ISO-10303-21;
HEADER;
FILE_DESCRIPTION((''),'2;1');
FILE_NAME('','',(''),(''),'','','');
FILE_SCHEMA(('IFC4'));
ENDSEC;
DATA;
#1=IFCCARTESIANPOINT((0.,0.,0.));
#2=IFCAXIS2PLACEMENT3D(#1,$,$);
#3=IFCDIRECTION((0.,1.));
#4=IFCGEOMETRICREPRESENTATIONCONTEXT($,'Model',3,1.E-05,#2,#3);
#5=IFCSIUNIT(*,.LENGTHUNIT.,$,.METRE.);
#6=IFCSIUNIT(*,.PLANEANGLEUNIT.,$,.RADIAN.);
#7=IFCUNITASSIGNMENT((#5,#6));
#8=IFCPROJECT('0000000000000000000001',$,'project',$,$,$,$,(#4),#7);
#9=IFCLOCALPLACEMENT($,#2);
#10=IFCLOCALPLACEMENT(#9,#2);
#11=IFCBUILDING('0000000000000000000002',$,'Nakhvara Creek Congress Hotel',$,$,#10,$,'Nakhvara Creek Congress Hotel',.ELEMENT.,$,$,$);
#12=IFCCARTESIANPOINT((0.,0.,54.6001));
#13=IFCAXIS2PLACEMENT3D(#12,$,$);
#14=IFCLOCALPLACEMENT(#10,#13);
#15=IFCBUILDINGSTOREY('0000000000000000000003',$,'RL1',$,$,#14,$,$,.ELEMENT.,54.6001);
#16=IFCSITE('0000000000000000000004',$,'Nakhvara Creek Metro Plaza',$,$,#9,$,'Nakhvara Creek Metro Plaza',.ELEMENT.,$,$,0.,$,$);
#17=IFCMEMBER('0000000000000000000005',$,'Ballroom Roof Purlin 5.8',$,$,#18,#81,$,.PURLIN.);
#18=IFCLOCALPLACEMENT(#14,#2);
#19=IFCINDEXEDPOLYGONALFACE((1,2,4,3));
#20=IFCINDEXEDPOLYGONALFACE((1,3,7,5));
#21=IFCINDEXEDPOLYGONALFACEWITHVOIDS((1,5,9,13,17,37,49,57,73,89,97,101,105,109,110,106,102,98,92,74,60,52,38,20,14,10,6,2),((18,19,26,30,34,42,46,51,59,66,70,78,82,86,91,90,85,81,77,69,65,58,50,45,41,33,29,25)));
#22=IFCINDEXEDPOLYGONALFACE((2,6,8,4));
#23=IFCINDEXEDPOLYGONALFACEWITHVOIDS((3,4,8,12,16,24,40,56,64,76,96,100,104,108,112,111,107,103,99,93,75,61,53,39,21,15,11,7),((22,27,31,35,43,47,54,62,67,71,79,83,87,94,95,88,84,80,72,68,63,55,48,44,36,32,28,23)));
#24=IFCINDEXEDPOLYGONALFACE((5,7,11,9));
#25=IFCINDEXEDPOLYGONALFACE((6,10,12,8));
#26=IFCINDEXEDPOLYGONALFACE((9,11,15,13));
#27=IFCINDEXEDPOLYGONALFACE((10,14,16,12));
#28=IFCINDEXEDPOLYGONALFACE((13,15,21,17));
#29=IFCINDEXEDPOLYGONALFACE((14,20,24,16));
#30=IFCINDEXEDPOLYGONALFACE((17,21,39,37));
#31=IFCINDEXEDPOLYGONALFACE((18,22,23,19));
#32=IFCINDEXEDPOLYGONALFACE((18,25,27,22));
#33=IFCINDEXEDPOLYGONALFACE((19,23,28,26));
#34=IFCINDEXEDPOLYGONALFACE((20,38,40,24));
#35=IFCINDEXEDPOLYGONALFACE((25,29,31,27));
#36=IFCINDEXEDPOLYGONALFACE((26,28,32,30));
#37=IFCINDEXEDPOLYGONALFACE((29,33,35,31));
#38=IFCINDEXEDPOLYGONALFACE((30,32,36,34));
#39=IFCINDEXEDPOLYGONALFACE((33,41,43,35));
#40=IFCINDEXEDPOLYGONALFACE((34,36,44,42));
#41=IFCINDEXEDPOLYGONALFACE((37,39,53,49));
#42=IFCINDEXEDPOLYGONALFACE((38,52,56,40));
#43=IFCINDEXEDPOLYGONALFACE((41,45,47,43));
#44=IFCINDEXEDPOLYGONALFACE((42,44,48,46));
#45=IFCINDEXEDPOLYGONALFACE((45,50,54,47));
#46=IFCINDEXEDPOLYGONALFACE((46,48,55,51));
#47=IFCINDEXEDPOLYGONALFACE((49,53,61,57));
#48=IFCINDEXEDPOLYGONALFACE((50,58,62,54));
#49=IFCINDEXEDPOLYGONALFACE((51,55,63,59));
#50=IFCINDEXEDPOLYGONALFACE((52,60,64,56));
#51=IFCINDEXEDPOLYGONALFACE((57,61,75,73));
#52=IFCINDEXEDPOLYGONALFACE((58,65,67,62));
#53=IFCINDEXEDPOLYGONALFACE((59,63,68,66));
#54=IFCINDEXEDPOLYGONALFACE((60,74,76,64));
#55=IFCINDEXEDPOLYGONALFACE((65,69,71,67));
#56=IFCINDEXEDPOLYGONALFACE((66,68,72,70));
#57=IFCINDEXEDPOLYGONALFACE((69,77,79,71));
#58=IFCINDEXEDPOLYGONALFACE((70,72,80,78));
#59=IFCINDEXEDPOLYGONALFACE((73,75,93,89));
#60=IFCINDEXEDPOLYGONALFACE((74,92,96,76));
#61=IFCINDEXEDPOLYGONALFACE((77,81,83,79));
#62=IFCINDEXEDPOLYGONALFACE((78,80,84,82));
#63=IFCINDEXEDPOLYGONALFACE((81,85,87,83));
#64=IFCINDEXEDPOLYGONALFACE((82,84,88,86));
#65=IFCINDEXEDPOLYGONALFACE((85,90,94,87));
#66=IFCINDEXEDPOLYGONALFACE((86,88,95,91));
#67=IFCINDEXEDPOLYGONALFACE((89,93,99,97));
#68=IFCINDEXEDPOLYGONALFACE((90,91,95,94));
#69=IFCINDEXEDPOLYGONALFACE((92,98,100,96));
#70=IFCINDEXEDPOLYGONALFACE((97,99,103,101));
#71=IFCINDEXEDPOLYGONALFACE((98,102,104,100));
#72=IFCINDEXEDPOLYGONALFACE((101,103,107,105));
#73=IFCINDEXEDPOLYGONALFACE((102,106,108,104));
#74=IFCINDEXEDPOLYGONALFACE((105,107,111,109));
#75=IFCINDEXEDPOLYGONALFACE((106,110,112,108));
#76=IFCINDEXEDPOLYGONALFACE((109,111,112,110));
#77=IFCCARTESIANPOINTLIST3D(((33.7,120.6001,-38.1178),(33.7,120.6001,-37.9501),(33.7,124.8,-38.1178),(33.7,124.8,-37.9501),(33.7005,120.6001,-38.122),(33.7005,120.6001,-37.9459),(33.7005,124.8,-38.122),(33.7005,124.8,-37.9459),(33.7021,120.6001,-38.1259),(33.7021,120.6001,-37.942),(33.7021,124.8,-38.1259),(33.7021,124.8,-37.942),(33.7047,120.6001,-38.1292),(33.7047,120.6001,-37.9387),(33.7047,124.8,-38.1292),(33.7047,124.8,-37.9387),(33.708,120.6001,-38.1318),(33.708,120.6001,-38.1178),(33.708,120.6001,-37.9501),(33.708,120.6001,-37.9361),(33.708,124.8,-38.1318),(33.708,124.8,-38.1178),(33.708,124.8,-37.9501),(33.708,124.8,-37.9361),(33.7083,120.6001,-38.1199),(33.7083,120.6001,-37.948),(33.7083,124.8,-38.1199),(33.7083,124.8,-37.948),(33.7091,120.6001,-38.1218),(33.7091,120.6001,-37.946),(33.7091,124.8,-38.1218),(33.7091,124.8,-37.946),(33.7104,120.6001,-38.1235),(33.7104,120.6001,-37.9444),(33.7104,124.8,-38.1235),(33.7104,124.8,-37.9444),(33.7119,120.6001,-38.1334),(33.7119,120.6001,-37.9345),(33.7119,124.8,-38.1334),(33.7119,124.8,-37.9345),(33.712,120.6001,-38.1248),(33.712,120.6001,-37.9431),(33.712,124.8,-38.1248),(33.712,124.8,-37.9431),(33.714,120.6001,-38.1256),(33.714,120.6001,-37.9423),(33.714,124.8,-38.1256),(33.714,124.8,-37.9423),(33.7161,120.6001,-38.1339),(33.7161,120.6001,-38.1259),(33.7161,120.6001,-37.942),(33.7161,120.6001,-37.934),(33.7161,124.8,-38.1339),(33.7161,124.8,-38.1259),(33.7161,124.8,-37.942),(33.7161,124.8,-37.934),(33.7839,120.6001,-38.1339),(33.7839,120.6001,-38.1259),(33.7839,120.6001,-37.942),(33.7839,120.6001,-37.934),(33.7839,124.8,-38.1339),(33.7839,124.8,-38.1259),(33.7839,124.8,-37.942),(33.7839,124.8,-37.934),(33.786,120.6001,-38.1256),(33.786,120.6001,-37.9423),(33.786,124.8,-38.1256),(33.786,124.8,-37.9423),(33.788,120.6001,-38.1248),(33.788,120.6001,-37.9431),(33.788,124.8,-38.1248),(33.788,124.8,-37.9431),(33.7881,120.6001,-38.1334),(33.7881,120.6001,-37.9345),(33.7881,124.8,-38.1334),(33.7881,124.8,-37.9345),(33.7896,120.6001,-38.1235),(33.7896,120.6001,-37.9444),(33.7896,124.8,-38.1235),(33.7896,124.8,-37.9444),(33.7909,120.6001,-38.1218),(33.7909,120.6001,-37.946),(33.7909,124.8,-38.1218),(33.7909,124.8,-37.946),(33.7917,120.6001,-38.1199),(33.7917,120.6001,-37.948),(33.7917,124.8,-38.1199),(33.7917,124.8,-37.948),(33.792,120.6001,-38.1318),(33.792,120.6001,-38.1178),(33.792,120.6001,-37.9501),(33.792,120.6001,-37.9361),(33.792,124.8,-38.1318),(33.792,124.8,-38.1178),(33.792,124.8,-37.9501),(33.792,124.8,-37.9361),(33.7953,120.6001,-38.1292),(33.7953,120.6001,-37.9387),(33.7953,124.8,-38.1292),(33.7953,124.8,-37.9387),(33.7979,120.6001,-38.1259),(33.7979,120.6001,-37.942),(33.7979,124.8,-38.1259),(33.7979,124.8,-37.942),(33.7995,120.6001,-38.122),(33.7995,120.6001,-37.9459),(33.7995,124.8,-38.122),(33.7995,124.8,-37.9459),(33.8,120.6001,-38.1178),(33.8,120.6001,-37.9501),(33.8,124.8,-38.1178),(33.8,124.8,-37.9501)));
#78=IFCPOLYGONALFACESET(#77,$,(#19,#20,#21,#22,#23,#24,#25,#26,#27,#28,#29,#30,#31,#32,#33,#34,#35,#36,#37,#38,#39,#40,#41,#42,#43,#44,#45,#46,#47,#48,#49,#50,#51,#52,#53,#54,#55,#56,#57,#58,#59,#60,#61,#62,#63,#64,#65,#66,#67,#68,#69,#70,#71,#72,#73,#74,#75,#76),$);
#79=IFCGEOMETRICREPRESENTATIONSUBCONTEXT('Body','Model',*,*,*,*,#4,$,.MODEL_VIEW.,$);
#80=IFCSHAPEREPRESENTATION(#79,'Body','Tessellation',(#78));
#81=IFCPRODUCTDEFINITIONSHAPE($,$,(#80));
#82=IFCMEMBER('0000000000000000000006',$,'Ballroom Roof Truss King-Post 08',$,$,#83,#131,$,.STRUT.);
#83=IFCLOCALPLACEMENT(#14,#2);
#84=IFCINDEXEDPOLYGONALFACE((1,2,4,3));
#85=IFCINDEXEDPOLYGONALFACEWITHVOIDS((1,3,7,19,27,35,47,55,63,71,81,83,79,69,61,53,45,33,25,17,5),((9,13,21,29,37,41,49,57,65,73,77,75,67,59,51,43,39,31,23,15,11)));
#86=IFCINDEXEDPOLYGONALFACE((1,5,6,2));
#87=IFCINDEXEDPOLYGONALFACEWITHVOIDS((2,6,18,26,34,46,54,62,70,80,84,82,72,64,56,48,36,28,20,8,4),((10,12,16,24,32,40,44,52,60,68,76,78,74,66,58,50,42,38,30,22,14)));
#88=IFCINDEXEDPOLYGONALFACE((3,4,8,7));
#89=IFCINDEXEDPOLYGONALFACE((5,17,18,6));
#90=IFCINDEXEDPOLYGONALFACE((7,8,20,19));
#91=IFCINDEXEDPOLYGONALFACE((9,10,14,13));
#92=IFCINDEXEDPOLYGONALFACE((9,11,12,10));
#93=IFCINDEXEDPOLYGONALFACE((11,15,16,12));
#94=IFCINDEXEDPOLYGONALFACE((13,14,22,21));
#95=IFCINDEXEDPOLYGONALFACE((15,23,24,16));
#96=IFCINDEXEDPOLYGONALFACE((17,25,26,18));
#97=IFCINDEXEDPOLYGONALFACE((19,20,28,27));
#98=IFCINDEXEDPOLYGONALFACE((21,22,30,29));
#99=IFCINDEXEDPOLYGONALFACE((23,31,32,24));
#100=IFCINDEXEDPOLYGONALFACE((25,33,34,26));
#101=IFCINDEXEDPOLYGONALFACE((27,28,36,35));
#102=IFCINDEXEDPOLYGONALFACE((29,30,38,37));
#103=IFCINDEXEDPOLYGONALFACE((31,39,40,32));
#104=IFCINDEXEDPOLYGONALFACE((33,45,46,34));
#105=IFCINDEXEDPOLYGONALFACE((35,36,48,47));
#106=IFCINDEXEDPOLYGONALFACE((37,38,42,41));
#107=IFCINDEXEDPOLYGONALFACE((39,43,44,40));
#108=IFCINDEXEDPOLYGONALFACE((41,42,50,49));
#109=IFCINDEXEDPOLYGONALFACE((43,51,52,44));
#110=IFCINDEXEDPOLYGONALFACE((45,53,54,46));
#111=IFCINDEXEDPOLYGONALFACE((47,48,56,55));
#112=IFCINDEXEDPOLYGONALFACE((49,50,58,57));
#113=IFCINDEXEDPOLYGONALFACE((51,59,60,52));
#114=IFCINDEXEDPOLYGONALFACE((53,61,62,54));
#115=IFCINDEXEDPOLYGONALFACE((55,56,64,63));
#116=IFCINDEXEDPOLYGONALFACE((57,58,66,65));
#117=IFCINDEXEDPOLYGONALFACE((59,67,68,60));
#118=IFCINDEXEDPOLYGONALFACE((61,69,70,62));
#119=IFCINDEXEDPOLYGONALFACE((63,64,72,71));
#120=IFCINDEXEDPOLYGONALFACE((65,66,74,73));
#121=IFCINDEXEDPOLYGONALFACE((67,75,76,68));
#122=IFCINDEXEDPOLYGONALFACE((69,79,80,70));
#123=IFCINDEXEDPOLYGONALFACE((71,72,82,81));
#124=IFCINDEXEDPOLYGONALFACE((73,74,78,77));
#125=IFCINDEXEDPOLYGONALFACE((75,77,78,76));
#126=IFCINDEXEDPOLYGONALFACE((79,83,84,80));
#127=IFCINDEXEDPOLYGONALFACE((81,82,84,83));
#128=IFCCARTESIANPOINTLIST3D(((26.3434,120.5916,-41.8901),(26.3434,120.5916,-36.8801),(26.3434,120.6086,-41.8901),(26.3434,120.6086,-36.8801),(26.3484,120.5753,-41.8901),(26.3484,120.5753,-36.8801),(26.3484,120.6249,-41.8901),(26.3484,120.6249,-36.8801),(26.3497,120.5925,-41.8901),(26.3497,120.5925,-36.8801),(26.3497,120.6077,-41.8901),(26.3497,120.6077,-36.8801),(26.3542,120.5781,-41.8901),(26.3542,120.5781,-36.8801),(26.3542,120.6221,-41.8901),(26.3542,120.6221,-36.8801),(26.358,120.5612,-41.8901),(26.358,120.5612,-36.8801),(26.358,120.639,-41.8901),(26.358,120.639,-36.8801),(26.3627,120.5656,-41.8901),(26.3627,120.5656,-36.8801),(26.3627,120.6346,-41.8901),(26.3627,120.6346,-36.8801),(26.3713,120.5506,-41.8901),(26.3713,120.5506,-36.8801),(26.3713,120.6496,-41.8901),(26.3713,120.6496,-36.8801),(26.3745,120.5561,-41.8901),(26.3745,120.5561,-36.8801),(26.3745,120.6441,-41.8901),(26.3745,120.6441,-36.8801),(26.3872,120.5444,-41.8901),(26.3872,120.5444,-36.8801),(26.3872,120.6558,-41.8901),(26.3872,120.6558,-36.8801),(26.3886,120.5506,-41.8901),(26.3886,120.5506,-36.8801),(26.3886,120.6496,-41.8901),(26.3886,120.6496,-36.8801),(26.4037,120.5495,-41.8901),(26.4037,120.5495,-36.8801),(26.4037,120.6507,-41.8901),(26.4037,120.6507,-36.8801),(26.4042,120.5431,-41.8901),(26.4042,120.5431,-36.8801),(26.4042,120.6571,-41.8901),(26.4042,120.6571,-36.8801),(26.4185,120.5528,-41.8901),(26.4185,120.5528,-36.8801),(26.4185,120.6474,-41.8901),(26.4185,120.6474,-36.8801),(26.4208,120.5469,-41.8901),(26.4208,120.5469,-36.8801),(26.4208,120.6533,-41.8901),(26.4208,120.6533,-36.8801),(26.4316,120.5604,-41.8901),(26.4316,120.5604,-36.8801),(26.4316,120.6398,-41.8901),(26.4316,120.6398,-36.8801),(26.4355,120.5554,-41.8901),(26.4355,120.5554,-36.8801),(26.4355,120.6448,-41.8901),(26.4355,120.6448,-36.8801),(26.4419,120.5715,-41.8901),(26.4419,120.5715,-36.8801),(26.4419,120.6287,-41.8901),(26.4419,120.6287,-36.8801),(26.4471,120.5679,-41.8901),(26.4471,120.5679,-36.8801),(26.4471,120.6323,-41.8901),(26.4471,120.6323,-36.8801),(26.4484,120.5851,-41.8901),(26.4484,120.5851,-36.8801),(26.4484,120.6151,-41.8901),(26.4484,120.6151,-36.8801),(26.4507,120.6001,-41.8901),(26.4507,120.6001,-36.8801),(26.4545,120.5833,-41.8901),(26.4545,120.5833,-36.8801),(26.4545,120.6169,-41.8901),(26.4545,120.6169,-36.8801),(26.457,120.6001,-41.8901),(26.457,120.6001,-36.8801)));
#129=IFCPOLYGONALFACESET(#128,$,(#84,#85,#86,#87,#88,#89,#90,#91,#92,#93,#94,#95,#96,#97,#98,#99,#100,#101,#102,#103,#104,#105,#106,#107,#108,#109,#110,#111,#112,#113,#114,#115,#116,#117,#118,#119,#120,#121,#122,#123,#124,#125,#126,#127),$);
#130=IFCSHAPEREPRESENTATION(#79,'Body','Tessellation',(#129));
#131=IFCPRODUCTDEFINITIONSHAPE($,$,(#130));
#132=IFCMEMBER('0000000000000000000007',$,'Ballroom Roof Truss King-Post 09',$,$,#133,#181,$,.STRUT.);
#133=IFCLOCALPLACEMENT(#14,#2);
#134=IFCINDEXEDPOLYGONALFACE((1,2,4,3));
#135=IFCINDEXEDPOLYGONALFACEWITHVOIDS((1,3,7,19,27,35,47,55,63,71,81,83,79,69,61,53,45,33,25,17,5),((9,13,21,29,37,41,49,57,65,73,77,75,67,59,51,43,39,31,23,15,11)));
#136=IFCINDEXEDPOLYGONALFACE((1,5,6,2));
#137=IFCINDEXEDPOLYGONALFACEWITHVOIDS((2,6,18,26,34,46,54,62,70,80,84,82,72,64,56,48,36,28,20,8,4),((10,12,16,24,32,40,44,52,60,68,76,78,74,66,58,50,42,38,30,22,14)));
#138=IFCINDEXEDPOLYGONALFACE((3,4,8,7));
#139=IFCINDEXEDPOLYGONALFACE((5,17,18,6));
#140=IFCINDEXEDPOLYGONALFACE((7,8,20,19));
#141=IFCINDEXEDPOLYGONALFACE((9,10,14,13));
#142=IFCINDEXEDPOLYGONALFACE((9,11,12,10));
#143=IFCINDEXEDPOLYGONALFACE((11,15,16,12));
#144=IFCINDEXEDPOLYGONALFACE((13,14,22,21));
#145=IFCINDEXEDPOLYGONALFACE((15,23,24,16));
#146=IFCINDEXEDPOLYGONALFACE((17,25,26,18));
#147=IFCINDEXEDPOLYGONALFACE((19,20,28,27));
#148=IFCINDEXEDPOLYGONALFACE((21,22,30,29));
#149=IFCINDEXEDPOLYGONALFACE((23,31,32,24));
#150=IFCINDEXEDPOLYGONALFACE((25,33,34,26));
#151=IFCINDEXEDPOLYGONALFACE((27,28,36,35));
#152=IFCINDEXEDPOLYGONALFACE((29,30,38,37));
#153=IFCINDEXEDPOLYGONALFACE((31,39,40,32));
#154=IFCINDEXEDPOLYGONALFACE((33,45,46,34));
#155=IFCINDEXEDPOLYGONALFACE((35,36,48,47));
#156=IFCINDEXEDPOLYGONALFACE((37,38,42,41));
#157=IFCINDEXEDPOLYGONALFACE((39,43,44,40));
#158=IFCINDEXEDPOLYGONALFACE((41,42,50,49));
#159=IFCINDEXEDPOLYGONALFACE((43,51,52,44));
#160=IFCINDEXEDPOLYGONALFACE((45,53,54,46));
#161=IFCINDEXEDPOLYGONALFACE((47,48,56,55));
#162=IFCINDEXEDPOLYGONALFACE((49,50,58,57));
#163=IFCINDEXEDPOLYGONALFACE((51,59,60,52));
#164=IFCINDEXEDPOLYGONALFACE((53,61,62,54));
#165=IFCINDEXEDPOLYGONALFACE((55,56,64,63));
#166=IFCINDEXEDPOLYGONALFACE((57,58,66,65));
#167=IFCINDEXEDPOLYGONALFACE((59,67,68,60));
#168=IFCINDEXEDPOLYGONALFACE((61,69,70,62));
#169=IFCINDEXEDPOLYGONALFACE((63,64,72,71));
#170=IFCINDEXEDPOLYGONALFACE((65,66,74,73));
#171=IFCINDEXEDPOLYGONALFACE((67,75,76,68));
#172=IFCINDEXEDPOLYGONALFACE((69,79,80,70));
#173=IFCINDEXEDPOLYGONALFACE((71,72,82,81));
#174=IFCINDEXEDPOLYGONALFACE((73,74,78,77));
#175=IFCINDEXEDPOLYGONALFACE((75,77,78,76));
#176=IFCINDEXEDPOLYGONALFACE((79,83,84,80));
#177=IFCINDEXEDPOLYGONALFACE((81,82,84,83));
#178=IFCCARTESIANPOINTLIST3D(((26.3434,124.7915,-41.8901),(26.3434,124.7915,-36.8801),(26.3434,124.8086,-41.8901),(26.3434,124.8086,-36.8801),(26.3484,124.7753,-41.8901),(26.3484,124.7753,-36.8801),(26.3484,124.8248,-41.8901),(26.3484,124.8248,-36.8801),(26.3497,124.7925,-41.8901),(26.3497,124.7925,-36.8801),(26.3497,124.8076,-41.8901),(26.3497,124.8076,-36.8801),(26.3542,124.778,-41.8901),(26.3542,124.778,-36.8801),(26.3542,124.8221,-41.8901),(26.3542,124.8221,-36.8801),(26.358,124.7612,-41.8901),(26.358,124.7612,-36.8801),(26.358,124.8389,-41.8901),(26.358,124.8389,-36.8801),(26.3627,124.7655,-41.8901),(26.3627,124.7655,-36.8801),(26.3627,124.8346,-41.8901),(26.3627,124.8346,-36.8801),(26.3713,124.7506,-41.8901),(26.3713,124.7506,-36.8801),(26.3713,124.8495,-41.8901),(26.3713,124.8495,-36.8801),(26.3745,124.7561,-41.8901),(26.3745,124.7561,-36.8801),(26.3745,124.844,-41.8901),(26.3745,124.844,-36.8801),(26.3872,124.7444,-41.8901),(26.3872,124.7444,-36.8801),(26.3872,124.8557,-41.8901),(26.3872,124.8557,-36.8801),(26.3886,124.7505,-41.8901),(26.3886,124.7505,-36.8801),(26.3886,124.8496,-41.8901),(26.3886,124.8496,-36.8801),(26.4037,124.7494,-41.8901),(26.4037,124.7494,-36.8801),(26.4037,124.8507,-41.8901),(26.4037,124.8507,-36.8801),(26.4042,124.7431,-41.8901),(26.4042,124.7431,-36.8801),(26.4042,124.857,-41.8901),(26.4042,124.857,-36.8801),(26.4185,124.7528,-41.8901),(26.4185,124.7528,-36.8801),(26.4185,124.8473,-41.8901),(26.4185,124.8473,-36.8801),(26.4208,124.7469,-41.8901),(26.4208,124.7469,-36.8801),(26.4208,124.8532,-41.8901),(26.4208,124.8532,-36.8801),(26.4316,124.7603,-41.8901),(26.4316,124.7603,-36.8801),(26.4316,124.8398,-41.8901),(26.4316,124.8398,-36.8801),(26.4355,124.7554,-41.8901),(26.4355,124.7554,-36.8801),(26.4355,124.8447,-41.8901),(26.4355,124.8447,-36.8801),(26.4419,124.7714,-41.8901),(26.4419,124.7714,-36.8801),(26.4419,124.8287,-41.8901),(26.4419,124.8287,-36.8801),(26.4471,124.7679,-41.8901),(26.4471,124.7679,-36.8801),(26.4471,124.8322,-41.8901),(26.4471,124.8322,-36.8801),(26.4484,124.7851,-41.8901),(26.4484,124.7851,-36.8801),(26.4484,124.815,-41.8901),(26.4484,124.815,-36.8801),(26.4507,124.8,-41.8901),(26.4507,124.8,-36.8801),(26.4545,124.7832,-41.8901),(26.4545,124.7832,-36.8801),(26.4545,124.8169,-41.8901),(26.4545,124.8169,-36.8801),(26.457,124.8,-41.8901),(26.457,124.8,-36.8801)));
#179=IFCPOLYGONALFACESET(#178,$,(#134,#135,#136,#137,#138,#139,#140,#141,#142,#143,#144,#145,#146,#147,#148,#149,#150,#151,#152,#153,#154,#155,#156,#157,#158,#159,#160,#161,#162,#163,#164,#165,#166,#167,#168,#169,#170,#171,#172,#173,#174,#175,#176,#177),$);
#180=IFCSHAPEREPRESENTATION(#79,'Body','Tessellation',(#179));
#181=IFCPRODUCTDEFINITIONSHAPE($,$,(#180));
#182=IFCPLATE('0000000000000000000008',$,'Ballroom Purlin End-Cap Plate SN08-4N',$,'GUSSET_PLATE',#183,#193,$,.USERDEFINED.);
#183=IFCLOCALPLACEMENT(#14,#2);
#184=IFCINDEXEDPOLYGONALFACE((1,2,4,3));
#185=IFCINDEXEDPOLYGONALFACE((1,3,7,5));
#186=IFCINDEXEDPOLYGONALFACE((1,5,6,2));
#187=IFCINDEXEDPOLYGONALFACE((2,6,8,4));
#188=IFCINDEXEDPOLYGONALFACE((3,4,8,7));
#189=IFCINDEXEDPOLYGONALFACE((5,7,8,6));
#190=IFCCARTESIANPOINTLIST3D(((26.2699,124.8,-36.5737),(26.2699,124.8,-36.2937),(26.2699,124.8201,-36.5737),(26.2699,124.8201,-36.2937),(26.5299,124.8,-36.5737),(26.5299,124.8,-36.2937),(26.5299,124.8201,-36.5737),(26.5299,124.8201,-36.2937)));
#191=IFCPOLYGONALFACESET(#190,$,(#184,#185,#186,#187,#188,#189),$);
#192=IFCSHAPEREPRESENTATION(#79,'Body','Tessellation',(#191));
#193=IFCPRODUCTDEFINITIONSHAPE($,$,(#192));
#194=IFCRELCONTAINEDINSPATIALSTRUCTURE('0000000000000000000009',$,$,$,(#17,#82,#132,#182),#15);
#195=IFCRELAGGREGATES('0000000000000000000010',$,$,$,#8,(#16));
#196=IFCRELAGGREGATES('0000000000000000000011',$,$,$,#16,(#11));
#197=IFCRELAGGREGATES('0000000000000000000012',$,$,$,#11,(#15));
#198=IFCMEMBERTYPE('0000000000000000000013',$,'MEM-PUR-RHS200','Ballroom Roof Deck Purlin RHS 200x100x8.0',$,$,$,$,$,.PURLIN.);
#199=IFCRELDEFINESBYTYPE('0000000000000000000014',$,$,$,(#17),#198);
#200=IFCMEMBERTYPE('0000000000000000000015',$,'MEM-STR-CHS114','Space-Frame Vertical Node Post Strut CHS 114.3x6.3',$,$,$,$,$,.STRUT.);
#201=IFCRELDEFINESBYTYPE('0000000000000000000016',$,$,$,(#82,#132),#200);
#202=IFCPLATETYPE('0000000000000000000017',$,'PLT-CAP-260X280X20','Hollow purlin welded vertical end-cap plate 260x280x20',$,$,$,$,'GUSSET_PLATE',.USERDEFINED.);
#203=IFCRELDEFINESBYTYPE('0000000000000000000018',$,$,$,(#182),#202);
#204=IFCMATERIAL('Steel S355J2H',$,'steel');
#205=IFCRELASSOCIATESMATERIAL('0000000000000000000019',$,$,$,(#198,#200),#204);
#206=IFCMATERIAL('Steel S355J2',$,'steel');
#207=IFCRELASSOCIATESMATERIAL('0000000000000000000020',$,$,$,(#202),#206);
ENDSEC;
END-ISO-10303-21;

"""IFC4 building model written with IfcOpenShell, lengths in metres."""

from ifc_helpers import new_model, si_unit, direction, frame, origin, origin_2d, place, context, subcontext, project, spatial, rectangle, hollow_rectangle, hollow_circle, extrude, material, material_profile, profile_set, type_object, element, save


model = new_model("IFC4")

# Units and contexts
model_context = context("Model", 3, precision=1e-05, world=origin(), true_north=direction((0.0, 1.0)))
body_context = subcontext(model_context, "Body", "Model", "MODEL_VIEW")
ifc_project = project(units=[si_unit("LENGTHUNIT", "METRE"), si_unit("PLANEANGLEUNIT", "RADIAN")], contexts=[model_context])

# Site, building, storey
site_placement = place(None, origin())
site = spatial("IfcSite", under=ifc_project, at=site_placement, Name="Nakhvara Creek Metro Plaza", LongName="Nakhvara Creek Metro Plaza", CompositionType="ELEMENT", RefElevation=0.0)
building_placement = place(site_placement, origin())
building = spatial("IfcBuilding", under=site, at=building_placement, Name="Nakhvara Creek Congress Hotel", LongName="Nakhvara Creek Congress Hotel", CompositionType="ELEMENT")
storey_placement = place(building_placement, frame((0.0, 0.0, 54.6001)))
storey = spatial("IfcBuildingStorey", under=building, at=storey_placement, Name="RL1", CompositionType="ELEMENT", Elevation=54.6001)

# Shared definitions
ifc_material_1 = material(Name="Steel S355J2", Category="steel")

# Members
ifc_material_2 = material(Name="Steel S355J2H", Category="steel")
ifc_material_profile_1 = material_profile(ifc_material_2, hollow_rectangle(XDim=0.1001, YDim=0.2, WallThickness=0.0081, InnerFilletRadius=0.0081, OuterFilletRadius=0.0161, at=origin_2d()), Name="RHS 200x100x8.0", Category="LoadBearing")
ifc_profile_set_1 = profile_set([ifc_material_profile_1], Name="Steel S355J2H")
member_type_1 = type_object("IfcMemberType", Name="MEM-PUR-RHS200", Description="Ballroom Roof Deck Purlin RHS 200x100x8.0", PredefinedType="PURLIN", material=ifc_profile_set_1)
member_1_placement = place(storey_placement, frame((33.75, 120.6001, -38.0339), z_axis=(0.0, 1.0, 0.0), x_axis=(-1.0, 0.0, 0.0)))
element("IfcMember", 1, at=member_1_placement, inside=storey, type_object=member_type_1, Name="Ballroom Roof Purlin 5.8", PredefinedType="PURLIN", context=body_context, shape_type="SweptSolid", body=[
    extrude(hollow_rectangle(XDim=0.1001, YDim=0.2, WallThickness=0.0081, InnerFilletRadius=0.0081, OuterFilletRadius=0.0161, at=origin_2d()), origin(), (0.0, 0.0, 1.0), 4.2),
])
ifc_material_profile_2 = material_profile(ifc_material_2, hollow_circle(Radius=0.0571, WallThickness=0.0063, at=origin_2d()), Name="CHS 114.3x6.3", Category="LoadBearing")
ifc_profile_set_2 = profile_set([ifc_material_profile_2], Name="Steel S355J2H")
member_type_2 = type_object("IfcMemberType", Name="MEM-STR-CHS114", Description="Space-Frame Vertical Node Post Strut CHS 114.3x6.3", PredefinedType="STRUT", material=ifc_profile_set_2)
for number, where, z_axis, x_axis, name in (
    (2, (26.3999, 120.6001, -41.8901), (0.0, 0.0, 1.0), (1.0, 0.0, 0.0), "Ballroom Roof Truss King-Post 08"),
    (3, (26.3999, 124.8, -41.8901), (0.0, 0.0, 1.0), (1.0, 0.0, 0.0), "Ballroom Roof Truss King-Post 09"),
):
    element("IfcMember", number, at=place(storey_placement, frame(where, z_axis=z_axis, x_axis=x_axis)), inside=storey, type_object=member_type_2, Name=name, PredefinedType="STRUT", context=body_context, shape_type="SweptSolid", body=[
        extrude(hollow_circle(Radius=0.0571, WallThickness=0.0063, at=origin_2d()), origin(), (0.0, 0.0, 1.0), 5.01),
    ])

# Plate
plate_type_1 = type_object("IfcPlateType", Name="PLT-CAP-260X280X20", Description="Hollow purlin welded vertical end-cap plate 260x280x20", ElementType="GUSSET_PLATE", PredefinedType="USERDEFINED", material=ifc_material_1)
for number, where, z_axis, x_axis, name in (
    (4, (26.3999, 124.8101, -36.5737), (0.0, 0.0, 1.0), (1.0, 0.0, 0.0), "Ballroom Purlin End-Cap Plate SN08-4N"),
):
    element("IfcPlate", number, at=place(storey_placement, frame(where, z_axis=z_axis, x_axis=x_axis)), inside=storey, type_object=plate_type_1, Name=name, ObjectType="GUSSET_PLATE", PredefinedType="USERDEFINED", context=body_context, shape_type="SweptSolid", body=[
        extrude(rectangle(XDim=0.26, YDim=0.02, at=origin_2d()), origin(), (0.0, 0.0, 1.0), 0.28),
    ])

save(model, "model.ifc")
